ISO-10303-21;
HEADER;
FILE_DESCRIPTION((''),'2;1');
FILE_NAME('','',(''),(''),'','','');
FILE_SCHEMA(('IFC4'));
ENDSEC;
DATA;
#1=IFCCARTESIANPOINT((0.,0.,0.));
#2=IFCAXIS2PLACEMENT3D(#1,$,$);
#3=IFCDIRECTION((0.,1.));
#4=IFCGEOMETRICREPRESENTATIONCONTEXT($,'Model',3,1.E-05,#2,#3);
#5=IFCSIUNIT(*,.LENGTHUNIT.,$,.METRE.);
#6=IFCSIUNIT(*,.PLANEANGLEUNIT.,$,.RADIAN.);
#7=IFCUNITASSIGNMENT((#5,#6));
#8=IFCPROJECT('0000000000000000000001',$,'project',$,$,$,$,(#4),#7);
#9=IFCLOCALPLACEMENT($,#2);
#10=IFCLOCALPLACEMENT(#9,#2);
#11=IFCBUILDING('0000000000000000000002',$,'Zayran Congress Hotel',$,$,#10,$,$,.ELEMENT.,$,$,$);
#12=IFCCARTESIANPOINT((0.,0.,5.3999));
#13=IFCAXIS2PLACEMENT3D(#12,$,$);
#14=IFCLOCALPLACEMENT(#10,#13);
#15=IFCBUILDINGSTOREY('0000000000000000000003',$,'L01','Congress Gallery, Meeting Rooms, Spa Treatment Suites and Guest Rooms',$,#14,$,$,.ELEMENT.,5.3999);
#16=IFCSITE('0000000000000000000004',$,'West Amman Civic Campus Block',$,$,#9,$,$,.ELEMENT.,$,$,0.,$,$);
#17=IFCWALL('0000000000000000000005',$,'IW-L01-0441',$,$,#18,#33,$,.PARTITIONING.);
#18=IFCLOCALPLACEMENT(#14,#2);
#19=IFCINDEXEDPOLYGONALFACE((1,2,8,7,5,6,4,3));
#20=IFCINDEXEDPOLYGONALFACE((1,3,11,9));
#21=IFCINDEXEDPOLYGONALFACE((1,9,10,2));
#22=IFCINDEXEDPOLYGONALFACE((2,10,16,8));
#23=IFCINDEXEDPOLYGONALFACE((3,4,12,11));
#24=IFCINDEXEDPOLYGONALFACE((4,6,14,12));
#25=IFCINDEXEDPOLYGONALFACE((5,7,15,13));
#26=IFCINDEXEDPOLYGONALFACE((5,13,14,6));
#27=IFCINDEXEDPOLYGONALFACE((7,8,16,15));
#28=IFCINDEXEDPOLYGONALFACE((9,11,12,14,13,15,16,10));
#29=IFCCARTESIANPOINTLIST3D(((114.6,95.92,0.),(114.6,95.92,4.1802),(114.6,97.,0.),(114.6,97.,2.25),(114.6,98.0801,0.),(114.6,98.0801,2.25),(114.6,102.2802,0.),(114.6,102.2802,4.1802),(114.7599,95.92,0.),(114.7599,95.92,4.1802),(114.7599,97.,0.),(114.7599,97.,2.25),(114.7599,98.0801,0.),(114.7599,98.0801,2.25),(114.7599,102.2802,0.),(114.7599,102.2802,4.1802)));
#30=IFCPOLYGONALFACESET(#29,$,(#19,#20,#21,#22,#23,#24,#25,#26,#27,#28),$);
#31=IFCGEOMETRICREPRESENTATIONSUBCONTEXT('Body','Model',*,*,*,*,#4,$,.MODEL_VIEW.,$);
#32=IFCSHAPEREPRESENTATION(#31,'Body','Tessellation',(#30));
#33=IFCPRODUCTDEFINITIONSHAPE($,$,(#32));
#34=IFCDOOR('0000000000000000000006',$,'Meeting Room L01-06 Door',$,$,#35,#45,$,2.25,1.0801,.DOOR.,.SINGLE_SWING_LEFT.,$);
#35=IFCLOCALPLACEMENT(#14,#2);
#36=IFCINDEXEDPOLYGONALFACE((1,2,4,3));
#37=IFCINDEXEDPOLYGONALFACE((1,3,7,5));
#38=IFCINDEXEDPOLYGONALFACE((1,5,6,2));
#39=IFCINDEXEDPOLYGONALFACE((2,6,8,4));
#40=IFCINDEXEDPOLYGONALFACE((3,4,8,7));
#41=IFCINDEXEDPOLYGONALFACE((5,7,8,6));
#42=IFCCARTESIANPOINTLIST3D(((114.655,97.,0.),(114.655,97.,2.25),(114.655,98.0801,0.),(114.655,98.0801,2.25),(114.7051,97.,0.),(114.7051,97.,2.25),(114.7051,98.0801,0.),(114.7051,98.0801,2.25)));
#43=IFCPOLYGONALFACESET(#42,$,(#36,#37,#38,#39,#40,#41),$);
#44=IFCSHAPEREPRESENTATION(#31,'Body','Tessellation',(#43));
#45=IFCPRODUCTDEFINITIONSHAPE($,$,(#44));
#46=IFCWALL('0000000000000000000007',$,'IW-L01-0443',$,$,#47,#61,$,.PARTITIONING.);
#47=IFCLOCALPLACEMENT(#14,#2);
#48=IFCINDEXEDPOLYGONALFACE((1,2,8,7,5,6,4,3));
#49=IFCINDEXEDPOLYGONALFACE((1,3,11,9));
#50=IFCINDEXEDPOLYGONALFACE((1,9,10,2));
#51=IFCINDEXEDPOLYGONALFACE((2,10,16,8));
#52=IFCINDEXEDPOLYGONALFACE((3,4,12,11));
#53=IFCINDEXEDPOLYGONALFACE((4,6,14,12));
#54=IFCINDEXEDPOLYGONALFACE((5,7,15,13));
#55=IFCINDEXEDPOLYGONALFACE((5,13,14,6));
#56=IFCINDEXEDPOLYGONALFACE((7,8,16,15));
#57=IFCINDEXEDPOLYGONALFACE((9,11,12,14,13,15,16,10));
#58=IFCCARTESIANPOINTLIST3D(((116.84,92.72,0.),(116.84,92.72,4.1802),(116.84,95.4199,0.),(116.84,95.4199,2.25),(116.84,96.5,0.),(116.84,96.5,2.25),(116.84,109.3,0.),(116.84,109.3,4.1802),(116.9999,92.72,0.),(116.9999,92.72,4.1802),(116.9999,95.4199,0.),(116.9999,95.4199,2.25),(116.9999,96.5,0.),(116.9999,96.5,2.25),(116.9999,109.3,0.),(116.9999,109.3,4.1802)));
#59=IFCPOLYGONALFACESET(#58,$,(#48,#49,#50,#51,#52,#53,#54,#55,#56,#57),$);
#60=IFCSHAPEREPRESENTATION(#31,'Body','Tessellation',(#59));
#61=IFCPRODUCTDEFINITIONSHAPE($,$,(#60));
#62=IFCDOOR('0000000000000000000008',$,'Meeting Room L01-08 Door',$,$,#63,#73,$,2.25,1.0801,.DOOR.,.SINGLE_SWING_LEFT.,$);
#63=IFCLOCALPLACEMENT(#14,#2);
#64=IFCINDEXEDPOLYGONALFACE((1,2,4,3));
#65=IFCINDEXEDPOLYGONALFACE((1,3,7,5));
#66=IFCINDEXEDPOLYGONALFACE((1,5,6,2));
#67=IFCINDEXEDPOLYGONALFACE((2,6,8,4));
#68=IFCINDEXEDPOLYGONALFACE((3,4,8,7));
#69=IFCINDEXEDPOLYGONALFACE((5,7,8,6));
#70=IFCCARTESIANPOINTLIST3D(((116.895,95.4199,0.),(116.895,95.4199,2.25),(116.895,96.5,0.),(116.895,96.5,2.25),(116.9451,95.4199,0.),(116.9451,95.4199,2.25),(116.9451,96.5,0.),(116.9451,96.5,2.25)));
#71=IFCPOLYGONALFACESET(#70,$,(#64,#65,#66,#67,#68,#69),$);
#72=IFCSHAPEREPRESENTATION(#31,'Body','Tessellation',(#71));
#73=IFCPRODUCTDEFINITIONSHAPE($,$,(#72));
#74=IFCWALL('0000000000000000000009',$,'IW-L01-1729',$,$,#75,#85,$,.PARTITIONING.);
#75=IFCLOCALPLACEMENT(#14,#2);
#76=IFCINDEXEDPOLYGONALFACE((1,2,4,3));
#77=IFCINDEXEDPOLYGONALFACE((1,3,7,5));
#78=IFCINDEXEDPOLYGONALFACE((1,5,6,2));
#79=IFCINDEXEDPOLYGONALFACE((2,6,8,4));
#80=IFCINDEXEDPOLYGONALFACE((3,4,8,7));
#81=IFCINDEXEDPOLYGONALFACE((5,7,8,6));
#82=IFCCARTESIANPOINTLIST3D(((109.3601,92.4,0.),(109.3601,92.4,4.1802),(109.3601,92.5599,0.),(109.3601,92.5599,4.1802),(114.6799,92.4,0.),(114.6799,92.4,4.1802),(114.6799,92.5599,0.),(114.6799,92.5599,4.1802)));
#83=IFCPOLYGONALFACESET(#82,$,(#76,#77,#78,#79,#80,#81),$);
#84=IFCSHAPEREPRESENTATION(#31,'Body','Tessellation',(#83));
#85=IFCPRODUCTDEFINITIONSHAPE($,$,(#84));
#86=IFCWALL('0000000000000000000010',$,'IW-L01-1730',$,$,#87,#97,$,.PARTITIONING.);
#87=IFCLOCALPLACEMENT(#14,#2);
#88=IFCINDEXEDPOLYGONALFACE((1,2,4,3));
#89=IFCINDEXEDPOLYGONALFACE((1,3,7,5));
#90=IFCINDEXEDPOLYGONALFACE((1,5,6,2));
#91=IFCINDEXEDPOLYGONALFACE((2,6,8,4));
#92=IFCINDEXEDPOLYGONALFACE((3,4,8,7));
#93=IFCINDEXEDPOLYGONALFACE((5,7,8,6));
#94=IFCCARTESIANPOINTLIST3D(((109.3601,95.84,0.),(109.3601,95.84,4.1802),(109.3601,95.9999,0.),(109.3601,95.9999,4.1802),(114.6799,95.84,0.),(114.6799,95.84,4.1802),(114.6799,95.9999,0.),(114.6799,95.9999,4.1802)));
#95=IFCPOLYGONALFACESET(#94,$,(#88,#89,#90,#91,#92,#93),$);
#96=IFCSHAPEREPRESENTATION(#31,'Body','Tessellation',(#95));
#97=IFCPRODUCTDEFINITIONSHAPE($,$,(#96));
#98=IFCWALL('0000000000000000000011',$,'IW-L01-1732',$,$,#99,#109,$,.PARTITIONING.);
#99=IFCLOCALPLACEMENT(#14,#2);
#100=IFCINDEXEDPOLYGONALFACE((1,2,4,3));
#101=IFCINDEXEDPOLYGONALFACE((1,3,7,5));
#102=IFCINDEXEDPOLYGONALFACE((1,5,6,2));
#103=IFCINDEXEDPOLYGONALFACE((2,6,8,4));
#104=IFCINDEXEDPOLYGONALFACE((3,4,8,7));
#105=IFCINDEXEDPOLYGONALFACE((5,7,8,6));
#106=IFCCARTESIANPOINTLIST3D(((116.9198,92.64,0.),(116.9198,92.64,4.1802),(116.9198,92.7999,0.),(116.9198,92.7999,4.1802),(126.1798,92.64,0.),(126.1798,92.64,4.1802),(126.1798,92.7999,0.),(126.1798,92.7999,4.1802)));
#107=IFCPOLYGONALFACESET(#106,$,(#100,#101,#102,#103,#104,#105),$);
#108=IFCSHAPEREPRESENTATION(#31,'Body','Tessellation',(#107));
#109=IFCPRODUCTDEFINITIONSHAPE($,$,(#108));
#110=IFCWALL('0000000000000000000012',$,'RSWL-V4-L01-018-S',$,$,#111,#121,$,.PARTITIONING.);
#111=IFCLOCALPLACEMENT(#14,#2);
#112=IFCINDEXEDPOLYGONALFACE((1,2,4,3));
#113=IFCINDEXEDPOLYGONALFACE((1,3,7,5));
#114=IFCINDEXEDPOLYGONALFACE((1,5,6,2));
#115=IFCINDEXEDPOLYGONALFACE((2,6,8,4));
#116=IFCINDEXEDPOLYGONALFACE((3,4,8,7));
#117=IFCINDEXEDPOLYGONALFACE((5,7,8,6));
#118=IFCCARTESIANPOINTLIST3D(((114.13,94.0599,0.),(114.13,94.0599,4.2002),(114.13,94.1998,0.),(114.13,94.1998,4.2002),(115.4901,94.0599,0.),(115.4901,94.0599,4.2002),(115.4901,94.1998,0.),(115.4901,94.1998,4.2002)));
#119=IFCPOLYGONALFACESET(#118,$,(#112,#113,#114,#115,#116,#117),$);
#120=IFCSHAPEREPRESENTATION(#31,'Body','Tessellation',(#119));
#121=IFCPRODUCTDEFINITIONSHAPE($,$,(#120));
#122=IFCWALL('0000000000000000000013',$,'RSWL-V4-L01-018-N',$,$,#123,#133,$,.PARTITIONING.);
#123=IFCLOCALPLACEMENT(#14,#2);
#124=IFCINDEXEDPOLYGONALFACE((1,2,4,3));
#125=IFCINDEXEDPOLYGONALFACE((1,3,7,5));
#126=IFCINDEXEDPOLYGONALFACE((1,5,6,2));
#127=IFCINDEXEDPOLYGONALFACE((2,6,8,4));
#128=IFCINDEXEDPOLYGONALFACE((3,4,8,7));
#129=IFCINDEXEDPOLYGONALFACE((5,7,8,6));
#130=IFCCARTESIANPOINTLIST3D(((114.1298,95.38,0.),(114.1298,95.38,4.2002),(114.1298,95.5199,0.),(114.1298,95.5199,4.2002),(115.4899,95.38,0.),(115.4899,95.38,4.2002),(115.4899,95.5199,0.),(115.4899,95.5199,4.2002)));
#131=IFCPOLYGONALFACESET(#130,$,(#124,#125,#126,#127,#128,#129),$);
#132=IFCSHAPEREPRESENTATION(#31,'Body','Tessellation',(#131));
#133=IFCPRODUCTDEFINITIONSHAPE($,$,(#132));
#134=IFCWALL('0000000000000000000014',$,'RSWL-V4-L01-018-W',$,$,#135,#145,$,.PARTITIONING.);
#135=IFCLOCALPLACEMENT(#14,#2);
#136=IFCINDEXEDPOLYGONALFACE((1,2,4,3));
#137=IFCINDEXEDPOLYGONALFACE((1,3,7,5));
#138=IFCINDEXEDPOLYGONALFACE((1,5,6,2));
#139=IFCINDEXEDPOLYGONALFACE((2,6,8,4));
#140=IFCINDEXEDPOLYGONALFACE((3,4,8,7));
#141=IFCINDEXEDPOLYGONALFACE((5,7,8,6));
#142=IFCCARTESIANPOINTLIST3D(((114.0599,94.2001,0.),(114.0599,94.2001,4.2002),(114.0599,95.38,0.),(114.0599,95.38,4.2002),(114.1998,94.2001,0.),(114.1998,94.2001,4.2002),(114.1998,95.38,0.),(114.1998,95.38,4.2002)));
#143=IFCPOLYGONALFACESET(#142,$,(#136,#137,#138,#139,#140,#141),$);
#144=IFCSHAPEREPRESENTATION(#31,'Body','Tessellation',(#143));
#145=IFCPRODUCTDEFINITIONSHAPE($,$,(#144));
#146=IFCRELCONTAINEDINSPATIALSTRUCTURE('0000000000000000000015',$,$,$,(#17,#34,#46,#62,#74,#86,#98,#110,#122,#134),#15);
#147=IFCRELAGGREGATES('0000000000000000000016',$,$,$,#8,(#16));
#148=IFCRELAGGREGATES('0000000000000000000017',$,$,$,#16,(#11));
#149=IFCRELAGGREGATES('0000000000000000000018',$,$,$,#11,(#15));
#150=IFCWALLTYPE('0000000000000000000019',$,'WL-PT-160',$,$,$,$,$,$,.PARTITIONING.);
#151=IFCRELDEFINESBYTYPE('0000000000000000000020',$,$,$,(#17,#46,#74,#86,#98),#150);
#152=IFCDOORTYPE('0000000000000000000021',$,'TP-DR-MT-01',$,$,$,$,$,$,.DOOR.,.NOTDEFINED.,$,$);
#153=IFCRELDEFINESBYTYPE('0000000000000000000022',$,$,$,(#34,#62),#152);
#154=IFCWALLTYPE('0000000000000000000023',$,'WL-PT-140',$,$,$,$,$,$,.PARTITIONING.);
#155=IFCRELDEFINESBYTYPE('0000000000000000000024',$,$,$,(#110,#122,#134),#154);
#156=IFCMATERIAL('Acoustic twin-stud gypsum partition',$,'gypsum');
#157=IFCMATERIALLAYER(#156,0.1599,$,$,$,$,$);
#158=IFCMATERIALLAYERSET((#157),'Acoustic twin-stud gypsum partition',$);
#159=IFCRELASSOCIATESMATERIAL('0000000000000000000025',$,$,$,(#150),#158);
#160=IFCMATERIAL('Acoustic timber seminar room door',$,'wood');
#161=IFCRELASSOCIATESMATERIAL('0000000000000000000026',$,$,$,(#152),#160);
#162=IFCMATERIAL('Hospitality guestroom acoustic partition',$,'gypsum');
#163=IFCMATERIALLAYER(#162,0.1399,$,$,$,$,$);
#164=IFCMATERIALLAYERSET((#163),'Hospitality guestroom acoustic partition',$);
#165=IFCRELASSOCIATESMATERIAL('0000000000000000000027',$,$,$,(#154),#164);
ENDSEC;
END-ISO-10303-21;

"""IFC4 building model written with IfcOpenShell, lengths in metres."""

from ifc_helpers import new_model, si_unit, direction, frame, frame_2d, origin, place, context, subcontext, project, spatial, rectangle, extrude, material, layer, layer_set, type_object, element, fill, save


model = new_model("IFC4")

# Units and contexts
model_context = context("Model", 3, precision=1e-05, world=origin(), true_north=direction((0.0, 1.0)))
body_context = subcontext(model_context, "Body", "Model", "MODEL_VIEW")
ifc_project = project(units=[si_unit("LENGTHUNIT", "METRE"), si_unit("PLANEANGLEUNIT", "RADIAN")], contexts=[model_context])

# Site, building, storey
site_placement = place(None, origin())
site = spatial("IfcSite", under=ifc_project, at=site_placement, Name="West Amman Civic Campus Block", CompositionType="ELEMENT", RefElevation=0.0)
building_placement = place(site_placement, origin())
building = spatial("IfcBuilding", under=site, at=building_placement, Name="Zayran Congress Hotel", CompositionType="ELEMENT")
storey_placement = place(building_placement, frame((0.0, 0.0, 5.3999)))
storey = spatial("IfcBuildingStorey", under=building, at=storey_placement, Name="L01", Description="Congress Gallery, Meeting Rooms, Spa Treatment Suites and Guest Rooms", CompositionType="ELEMENT", Elevation=5.3999)

# Walls, openings, doors
ifc_material_1 = material(Name="Acoustic twin-stud gypsum partition", Category="gypsum")
ifc_layer_1 = layer(ifc_material_1, 0.1599)
ifc_layer_set_1 = layer_set([ifc_layer_1], Name="Acoustic twin-stud gypsum partition")
wall_type_1 = type_object("IfcWallType", Name="WL-PT-160", PredefinedType="PARTITIONING", material=ifc_layer_set_1)
wall_1_placement = place(storey_placement, frame((114.6799, 95.9199, 0.0), z_axis=(0.0, 0.0, 1.0), x_axis=(0.0, 1.0, 0.0)))
wall_1 = element("IfcWall", 1, at=wall_1_placement, inside=storey, type_object=wall_type_1, Name="IW-L01-0441", PredefinedType="PARTITIONING", context=body_context, shape_type="SweptSolid", body=[
    extrude(rectangle(XDim=6.3601, YDim=0.1599, at=frame_2d((3.1802, 0.0))), origin(), (0.0, 0.0, 1.0), 4.1802),
])
opening_1_placement = place(wall_1_placement, frame((1.0801, 0.0, 0.0)))
opening_1 = element("IfcOpeningElement", 2, at=opening_1_placement, cuts=wall_1, PredefinedType="OPENING", context=body_context, shape_type="SweptSolid", body=[
    extrude(rectangle(XDim=1.0801, YDim=2.25, at=frame_2d((0.54, 1.125))), frame((0.0, 0.0898, 0.0), z_axis=(0.0, -1.0, 0.0), x_axis=(1.0, 0.0, 0.0)), (0.0, 0.0, 1.0), 0.1799),
])
ifc_material_2 = material(Name="Acoustic timber seminar room door", Category="wood")
door_type_1 = type_object("IfcDoorType", Name="TP-DR-MT-01", OperationType="NOTDEFINED", PredefinedType="DOOR", material=ifc_material_2)
door_1_placement = place(opening_1_placement, origin())
door_1 = element("IfcDoor", 3, at=door_1_placement, inside=storey, type_object=door_type_1, Name="Meeting Room L01-06 Door", OperationType="SINGLE_SWING_LEFT", OverallHeight=2.25, OverallWidth=1.0801, PredefinedType="DOOR", context=body_context, shape_type="SweptSolid", body=[
    extrude(rectangle(XDim=1.0801, YDim=2.25, at=frame_2d((0.54, 1.125))), frame((0.0, 0.0249, 0.0), z_axis=(0.0, -1.0, 0.0), x_axis=(1.0, 0.0, 0.0)), (0.0, 0.0, 1.0), 0.05),
])
fill(opening_1, door_1)
wall_2_placement = place(storey_placement, frame((116.9199, 92.72, 0.0), z_axis=(0.0, 0.0, 1.0), x_axis=(0.0, 1.0, 0.0)))
wall_2 = element("IfcWall", 4, at=wall_2_placement, inside=storey, type_object=wall_type_1, Name="IW-L01-0443", PredefinedType="PARTITIONING", context=body_context, shape_type="SweptSolid", body=[
    extrude(rectangle(XDim=16.5801, YDim=0.1599, at=frame_2d((8.29, 0.0))), origin(), (0.0, 0.0, 1.0), 4.1802),
])
opening_2_placement = place(wall_2_placement, frame((2.7, 0.0, 0.0)))
opening_2 = element("IfcOpeningElement", 5, at=opening_2_placement, cuts=wall_2, PredefinedType="OPENING", context=body_context, shape_type="SweptSolid", body=[
    extrude(rectangle(XDim=1.0801, YDim=2.25, at=frame_2d((0.54, 1.125))), frame((0.0, 0.0898, 0.0), z_axis=(0.0, -1.0, 0.0), x_axis=(1.0, 0.0, 0.0)), (0.0, 0.0, 1.0), 0.1799),
])
door_2_placement = place(opening_2_placement, origin())
door_2 = element("IfcDoor", 6, at=door_2_placement, inside=storey, type_object=door_type_1, Name="Meeting Room L01-08 Door", OperationType="SINGLE_SWING_LEFT", OverallHeight=2.25, OverallWidth=1.0801, PredefinedType="DOOR", context=body_context, shape_type="SweptSolid", body=[
    extrude(rectangle(XDim=1.0801, YDim=2.25, at=frame_2d((0.54, 1.125))), frame((0.0, 0.0249, 0.0), z_axis=(0.0, -1.0, 0.0), x_axis=(1.0, 0.0, 0.0)), (0.0, 0.0, 1.0), 0.05),
])
fill(opening_2, door_2)

# Walls
for number, where, z_axis, x_axis, name in (
    (7, (109.3601, 92.48, 0.0), (0.0, 0.0, 1.0), (1.0, 0.0, 0.0), "IW-L01-1729"),
    (8, (109.3601, 95.9199, 0.0), (0.0, 0.0, 1.0), (1.0, 0.0, 0.0), "IW-L01-1730"),
):
    element("IfcWall", number, at=place(storey_placement, frame(where, z_axis=z_axis, x_axis=x_axis)), inside=storey, type_object=wall_type_1, Name=name, PredefinedType="PARTITIONING", context=body_context, shape_type="SweptSolid", body=[
        extrude(rectangle(XDim=5.3198, YDim=0.1599, at=frame_2d((2.6599, 0.0))), origin(), (0.0, 0.0, 1.0), 4.1802),
    ])
wall_3_placement = place(storey_placement, frame((116.9199, 92.72, 0.0), z_axis=(0.0, 0.0, 1.0), x_axis=(1.0, 0.0, 0.0)))
element("IfcWall", 9, at=wall_3_placement, inside=storey, type_object=wall_type_1, Name="IW-L01-1732", PredefinedType="PARTITIONING", context=body_context, shape_type="SweptSolid", body=[
    extrude(rectangle(XDim=9.26, YDim=0.1599, at=frame_2d((4.6299, 0.0))), origin(), (0.0, 0.0, 1.0), 4.1802),
])
ifc_material_3 = material(Name="Hospitality guestroom acoustic partition", Category="gypsum")
ifc_layer_2 = layer(ifc_material_3, 0.1399)
ifc_layer_set_2 = layer_set([ifc_layer_2], Name="Hospitality guestroom acoustic partition")
wall_type_2 = type_object("IfcWallType", Name="WL-PT-140", PredefinedType="PARTITIONING", material=ifc_layer_set_2)
for number, where, z_axis, x_axis, name in (
    (10, (114.1299, 94.1299, 0.0), (0.0, 0.0, 1.0), (1.0, 0.0, 0.0), "RSWL-V4-L01-018-S"),
    (11, (115.49, 95.45, 0.0), (0.0, 0.0, 1.0), (-1.0, 0.0, 0.0), "RSWL-V4-L01-018-N"),
):
    element("IfcWall", number, at=place(storey_placement, frame(where, z_axis=z_axis, x_axis=x_axis)), inside=storey, type_object=wall_type_2, Name=name, PredefinedType="PARTITIONING", context=body_context, shape_type="SweptSolid", body=[
        extrude(rectangle(XDim=1.3601, YDim=0.1399, at=frame_2d((0.6802, 0.0))), origin(), (0.0, 0.0, 1.0), 4.2002),
    ])
for number, where, z_axis, x_axis, name in (
    (12, (114.1299, 95.3799, 0.0), (0.0, 0.0, 1.0), (0.0, -1.0, 0.0), "RSWL-V4-L01-018-W"),
):
    element("IfcWall", number, at=place(storey_placement, frame(where, z_axis=z_axis, x_axis=x_axis)), inside=storey, type_object=wall_type_2, Name=name, PredefinedType="PARTITIONING", context=body_context, shape_type="SweptSolid", body=[
        extrude(rectangle(XDim=1.1799, YDim=0.1399, at=frame_2d((0.5898, 0.0))), origin(), (0.0, 0.0, 1.0), 4.2002),
    ])

save(model, "model.ifc")
